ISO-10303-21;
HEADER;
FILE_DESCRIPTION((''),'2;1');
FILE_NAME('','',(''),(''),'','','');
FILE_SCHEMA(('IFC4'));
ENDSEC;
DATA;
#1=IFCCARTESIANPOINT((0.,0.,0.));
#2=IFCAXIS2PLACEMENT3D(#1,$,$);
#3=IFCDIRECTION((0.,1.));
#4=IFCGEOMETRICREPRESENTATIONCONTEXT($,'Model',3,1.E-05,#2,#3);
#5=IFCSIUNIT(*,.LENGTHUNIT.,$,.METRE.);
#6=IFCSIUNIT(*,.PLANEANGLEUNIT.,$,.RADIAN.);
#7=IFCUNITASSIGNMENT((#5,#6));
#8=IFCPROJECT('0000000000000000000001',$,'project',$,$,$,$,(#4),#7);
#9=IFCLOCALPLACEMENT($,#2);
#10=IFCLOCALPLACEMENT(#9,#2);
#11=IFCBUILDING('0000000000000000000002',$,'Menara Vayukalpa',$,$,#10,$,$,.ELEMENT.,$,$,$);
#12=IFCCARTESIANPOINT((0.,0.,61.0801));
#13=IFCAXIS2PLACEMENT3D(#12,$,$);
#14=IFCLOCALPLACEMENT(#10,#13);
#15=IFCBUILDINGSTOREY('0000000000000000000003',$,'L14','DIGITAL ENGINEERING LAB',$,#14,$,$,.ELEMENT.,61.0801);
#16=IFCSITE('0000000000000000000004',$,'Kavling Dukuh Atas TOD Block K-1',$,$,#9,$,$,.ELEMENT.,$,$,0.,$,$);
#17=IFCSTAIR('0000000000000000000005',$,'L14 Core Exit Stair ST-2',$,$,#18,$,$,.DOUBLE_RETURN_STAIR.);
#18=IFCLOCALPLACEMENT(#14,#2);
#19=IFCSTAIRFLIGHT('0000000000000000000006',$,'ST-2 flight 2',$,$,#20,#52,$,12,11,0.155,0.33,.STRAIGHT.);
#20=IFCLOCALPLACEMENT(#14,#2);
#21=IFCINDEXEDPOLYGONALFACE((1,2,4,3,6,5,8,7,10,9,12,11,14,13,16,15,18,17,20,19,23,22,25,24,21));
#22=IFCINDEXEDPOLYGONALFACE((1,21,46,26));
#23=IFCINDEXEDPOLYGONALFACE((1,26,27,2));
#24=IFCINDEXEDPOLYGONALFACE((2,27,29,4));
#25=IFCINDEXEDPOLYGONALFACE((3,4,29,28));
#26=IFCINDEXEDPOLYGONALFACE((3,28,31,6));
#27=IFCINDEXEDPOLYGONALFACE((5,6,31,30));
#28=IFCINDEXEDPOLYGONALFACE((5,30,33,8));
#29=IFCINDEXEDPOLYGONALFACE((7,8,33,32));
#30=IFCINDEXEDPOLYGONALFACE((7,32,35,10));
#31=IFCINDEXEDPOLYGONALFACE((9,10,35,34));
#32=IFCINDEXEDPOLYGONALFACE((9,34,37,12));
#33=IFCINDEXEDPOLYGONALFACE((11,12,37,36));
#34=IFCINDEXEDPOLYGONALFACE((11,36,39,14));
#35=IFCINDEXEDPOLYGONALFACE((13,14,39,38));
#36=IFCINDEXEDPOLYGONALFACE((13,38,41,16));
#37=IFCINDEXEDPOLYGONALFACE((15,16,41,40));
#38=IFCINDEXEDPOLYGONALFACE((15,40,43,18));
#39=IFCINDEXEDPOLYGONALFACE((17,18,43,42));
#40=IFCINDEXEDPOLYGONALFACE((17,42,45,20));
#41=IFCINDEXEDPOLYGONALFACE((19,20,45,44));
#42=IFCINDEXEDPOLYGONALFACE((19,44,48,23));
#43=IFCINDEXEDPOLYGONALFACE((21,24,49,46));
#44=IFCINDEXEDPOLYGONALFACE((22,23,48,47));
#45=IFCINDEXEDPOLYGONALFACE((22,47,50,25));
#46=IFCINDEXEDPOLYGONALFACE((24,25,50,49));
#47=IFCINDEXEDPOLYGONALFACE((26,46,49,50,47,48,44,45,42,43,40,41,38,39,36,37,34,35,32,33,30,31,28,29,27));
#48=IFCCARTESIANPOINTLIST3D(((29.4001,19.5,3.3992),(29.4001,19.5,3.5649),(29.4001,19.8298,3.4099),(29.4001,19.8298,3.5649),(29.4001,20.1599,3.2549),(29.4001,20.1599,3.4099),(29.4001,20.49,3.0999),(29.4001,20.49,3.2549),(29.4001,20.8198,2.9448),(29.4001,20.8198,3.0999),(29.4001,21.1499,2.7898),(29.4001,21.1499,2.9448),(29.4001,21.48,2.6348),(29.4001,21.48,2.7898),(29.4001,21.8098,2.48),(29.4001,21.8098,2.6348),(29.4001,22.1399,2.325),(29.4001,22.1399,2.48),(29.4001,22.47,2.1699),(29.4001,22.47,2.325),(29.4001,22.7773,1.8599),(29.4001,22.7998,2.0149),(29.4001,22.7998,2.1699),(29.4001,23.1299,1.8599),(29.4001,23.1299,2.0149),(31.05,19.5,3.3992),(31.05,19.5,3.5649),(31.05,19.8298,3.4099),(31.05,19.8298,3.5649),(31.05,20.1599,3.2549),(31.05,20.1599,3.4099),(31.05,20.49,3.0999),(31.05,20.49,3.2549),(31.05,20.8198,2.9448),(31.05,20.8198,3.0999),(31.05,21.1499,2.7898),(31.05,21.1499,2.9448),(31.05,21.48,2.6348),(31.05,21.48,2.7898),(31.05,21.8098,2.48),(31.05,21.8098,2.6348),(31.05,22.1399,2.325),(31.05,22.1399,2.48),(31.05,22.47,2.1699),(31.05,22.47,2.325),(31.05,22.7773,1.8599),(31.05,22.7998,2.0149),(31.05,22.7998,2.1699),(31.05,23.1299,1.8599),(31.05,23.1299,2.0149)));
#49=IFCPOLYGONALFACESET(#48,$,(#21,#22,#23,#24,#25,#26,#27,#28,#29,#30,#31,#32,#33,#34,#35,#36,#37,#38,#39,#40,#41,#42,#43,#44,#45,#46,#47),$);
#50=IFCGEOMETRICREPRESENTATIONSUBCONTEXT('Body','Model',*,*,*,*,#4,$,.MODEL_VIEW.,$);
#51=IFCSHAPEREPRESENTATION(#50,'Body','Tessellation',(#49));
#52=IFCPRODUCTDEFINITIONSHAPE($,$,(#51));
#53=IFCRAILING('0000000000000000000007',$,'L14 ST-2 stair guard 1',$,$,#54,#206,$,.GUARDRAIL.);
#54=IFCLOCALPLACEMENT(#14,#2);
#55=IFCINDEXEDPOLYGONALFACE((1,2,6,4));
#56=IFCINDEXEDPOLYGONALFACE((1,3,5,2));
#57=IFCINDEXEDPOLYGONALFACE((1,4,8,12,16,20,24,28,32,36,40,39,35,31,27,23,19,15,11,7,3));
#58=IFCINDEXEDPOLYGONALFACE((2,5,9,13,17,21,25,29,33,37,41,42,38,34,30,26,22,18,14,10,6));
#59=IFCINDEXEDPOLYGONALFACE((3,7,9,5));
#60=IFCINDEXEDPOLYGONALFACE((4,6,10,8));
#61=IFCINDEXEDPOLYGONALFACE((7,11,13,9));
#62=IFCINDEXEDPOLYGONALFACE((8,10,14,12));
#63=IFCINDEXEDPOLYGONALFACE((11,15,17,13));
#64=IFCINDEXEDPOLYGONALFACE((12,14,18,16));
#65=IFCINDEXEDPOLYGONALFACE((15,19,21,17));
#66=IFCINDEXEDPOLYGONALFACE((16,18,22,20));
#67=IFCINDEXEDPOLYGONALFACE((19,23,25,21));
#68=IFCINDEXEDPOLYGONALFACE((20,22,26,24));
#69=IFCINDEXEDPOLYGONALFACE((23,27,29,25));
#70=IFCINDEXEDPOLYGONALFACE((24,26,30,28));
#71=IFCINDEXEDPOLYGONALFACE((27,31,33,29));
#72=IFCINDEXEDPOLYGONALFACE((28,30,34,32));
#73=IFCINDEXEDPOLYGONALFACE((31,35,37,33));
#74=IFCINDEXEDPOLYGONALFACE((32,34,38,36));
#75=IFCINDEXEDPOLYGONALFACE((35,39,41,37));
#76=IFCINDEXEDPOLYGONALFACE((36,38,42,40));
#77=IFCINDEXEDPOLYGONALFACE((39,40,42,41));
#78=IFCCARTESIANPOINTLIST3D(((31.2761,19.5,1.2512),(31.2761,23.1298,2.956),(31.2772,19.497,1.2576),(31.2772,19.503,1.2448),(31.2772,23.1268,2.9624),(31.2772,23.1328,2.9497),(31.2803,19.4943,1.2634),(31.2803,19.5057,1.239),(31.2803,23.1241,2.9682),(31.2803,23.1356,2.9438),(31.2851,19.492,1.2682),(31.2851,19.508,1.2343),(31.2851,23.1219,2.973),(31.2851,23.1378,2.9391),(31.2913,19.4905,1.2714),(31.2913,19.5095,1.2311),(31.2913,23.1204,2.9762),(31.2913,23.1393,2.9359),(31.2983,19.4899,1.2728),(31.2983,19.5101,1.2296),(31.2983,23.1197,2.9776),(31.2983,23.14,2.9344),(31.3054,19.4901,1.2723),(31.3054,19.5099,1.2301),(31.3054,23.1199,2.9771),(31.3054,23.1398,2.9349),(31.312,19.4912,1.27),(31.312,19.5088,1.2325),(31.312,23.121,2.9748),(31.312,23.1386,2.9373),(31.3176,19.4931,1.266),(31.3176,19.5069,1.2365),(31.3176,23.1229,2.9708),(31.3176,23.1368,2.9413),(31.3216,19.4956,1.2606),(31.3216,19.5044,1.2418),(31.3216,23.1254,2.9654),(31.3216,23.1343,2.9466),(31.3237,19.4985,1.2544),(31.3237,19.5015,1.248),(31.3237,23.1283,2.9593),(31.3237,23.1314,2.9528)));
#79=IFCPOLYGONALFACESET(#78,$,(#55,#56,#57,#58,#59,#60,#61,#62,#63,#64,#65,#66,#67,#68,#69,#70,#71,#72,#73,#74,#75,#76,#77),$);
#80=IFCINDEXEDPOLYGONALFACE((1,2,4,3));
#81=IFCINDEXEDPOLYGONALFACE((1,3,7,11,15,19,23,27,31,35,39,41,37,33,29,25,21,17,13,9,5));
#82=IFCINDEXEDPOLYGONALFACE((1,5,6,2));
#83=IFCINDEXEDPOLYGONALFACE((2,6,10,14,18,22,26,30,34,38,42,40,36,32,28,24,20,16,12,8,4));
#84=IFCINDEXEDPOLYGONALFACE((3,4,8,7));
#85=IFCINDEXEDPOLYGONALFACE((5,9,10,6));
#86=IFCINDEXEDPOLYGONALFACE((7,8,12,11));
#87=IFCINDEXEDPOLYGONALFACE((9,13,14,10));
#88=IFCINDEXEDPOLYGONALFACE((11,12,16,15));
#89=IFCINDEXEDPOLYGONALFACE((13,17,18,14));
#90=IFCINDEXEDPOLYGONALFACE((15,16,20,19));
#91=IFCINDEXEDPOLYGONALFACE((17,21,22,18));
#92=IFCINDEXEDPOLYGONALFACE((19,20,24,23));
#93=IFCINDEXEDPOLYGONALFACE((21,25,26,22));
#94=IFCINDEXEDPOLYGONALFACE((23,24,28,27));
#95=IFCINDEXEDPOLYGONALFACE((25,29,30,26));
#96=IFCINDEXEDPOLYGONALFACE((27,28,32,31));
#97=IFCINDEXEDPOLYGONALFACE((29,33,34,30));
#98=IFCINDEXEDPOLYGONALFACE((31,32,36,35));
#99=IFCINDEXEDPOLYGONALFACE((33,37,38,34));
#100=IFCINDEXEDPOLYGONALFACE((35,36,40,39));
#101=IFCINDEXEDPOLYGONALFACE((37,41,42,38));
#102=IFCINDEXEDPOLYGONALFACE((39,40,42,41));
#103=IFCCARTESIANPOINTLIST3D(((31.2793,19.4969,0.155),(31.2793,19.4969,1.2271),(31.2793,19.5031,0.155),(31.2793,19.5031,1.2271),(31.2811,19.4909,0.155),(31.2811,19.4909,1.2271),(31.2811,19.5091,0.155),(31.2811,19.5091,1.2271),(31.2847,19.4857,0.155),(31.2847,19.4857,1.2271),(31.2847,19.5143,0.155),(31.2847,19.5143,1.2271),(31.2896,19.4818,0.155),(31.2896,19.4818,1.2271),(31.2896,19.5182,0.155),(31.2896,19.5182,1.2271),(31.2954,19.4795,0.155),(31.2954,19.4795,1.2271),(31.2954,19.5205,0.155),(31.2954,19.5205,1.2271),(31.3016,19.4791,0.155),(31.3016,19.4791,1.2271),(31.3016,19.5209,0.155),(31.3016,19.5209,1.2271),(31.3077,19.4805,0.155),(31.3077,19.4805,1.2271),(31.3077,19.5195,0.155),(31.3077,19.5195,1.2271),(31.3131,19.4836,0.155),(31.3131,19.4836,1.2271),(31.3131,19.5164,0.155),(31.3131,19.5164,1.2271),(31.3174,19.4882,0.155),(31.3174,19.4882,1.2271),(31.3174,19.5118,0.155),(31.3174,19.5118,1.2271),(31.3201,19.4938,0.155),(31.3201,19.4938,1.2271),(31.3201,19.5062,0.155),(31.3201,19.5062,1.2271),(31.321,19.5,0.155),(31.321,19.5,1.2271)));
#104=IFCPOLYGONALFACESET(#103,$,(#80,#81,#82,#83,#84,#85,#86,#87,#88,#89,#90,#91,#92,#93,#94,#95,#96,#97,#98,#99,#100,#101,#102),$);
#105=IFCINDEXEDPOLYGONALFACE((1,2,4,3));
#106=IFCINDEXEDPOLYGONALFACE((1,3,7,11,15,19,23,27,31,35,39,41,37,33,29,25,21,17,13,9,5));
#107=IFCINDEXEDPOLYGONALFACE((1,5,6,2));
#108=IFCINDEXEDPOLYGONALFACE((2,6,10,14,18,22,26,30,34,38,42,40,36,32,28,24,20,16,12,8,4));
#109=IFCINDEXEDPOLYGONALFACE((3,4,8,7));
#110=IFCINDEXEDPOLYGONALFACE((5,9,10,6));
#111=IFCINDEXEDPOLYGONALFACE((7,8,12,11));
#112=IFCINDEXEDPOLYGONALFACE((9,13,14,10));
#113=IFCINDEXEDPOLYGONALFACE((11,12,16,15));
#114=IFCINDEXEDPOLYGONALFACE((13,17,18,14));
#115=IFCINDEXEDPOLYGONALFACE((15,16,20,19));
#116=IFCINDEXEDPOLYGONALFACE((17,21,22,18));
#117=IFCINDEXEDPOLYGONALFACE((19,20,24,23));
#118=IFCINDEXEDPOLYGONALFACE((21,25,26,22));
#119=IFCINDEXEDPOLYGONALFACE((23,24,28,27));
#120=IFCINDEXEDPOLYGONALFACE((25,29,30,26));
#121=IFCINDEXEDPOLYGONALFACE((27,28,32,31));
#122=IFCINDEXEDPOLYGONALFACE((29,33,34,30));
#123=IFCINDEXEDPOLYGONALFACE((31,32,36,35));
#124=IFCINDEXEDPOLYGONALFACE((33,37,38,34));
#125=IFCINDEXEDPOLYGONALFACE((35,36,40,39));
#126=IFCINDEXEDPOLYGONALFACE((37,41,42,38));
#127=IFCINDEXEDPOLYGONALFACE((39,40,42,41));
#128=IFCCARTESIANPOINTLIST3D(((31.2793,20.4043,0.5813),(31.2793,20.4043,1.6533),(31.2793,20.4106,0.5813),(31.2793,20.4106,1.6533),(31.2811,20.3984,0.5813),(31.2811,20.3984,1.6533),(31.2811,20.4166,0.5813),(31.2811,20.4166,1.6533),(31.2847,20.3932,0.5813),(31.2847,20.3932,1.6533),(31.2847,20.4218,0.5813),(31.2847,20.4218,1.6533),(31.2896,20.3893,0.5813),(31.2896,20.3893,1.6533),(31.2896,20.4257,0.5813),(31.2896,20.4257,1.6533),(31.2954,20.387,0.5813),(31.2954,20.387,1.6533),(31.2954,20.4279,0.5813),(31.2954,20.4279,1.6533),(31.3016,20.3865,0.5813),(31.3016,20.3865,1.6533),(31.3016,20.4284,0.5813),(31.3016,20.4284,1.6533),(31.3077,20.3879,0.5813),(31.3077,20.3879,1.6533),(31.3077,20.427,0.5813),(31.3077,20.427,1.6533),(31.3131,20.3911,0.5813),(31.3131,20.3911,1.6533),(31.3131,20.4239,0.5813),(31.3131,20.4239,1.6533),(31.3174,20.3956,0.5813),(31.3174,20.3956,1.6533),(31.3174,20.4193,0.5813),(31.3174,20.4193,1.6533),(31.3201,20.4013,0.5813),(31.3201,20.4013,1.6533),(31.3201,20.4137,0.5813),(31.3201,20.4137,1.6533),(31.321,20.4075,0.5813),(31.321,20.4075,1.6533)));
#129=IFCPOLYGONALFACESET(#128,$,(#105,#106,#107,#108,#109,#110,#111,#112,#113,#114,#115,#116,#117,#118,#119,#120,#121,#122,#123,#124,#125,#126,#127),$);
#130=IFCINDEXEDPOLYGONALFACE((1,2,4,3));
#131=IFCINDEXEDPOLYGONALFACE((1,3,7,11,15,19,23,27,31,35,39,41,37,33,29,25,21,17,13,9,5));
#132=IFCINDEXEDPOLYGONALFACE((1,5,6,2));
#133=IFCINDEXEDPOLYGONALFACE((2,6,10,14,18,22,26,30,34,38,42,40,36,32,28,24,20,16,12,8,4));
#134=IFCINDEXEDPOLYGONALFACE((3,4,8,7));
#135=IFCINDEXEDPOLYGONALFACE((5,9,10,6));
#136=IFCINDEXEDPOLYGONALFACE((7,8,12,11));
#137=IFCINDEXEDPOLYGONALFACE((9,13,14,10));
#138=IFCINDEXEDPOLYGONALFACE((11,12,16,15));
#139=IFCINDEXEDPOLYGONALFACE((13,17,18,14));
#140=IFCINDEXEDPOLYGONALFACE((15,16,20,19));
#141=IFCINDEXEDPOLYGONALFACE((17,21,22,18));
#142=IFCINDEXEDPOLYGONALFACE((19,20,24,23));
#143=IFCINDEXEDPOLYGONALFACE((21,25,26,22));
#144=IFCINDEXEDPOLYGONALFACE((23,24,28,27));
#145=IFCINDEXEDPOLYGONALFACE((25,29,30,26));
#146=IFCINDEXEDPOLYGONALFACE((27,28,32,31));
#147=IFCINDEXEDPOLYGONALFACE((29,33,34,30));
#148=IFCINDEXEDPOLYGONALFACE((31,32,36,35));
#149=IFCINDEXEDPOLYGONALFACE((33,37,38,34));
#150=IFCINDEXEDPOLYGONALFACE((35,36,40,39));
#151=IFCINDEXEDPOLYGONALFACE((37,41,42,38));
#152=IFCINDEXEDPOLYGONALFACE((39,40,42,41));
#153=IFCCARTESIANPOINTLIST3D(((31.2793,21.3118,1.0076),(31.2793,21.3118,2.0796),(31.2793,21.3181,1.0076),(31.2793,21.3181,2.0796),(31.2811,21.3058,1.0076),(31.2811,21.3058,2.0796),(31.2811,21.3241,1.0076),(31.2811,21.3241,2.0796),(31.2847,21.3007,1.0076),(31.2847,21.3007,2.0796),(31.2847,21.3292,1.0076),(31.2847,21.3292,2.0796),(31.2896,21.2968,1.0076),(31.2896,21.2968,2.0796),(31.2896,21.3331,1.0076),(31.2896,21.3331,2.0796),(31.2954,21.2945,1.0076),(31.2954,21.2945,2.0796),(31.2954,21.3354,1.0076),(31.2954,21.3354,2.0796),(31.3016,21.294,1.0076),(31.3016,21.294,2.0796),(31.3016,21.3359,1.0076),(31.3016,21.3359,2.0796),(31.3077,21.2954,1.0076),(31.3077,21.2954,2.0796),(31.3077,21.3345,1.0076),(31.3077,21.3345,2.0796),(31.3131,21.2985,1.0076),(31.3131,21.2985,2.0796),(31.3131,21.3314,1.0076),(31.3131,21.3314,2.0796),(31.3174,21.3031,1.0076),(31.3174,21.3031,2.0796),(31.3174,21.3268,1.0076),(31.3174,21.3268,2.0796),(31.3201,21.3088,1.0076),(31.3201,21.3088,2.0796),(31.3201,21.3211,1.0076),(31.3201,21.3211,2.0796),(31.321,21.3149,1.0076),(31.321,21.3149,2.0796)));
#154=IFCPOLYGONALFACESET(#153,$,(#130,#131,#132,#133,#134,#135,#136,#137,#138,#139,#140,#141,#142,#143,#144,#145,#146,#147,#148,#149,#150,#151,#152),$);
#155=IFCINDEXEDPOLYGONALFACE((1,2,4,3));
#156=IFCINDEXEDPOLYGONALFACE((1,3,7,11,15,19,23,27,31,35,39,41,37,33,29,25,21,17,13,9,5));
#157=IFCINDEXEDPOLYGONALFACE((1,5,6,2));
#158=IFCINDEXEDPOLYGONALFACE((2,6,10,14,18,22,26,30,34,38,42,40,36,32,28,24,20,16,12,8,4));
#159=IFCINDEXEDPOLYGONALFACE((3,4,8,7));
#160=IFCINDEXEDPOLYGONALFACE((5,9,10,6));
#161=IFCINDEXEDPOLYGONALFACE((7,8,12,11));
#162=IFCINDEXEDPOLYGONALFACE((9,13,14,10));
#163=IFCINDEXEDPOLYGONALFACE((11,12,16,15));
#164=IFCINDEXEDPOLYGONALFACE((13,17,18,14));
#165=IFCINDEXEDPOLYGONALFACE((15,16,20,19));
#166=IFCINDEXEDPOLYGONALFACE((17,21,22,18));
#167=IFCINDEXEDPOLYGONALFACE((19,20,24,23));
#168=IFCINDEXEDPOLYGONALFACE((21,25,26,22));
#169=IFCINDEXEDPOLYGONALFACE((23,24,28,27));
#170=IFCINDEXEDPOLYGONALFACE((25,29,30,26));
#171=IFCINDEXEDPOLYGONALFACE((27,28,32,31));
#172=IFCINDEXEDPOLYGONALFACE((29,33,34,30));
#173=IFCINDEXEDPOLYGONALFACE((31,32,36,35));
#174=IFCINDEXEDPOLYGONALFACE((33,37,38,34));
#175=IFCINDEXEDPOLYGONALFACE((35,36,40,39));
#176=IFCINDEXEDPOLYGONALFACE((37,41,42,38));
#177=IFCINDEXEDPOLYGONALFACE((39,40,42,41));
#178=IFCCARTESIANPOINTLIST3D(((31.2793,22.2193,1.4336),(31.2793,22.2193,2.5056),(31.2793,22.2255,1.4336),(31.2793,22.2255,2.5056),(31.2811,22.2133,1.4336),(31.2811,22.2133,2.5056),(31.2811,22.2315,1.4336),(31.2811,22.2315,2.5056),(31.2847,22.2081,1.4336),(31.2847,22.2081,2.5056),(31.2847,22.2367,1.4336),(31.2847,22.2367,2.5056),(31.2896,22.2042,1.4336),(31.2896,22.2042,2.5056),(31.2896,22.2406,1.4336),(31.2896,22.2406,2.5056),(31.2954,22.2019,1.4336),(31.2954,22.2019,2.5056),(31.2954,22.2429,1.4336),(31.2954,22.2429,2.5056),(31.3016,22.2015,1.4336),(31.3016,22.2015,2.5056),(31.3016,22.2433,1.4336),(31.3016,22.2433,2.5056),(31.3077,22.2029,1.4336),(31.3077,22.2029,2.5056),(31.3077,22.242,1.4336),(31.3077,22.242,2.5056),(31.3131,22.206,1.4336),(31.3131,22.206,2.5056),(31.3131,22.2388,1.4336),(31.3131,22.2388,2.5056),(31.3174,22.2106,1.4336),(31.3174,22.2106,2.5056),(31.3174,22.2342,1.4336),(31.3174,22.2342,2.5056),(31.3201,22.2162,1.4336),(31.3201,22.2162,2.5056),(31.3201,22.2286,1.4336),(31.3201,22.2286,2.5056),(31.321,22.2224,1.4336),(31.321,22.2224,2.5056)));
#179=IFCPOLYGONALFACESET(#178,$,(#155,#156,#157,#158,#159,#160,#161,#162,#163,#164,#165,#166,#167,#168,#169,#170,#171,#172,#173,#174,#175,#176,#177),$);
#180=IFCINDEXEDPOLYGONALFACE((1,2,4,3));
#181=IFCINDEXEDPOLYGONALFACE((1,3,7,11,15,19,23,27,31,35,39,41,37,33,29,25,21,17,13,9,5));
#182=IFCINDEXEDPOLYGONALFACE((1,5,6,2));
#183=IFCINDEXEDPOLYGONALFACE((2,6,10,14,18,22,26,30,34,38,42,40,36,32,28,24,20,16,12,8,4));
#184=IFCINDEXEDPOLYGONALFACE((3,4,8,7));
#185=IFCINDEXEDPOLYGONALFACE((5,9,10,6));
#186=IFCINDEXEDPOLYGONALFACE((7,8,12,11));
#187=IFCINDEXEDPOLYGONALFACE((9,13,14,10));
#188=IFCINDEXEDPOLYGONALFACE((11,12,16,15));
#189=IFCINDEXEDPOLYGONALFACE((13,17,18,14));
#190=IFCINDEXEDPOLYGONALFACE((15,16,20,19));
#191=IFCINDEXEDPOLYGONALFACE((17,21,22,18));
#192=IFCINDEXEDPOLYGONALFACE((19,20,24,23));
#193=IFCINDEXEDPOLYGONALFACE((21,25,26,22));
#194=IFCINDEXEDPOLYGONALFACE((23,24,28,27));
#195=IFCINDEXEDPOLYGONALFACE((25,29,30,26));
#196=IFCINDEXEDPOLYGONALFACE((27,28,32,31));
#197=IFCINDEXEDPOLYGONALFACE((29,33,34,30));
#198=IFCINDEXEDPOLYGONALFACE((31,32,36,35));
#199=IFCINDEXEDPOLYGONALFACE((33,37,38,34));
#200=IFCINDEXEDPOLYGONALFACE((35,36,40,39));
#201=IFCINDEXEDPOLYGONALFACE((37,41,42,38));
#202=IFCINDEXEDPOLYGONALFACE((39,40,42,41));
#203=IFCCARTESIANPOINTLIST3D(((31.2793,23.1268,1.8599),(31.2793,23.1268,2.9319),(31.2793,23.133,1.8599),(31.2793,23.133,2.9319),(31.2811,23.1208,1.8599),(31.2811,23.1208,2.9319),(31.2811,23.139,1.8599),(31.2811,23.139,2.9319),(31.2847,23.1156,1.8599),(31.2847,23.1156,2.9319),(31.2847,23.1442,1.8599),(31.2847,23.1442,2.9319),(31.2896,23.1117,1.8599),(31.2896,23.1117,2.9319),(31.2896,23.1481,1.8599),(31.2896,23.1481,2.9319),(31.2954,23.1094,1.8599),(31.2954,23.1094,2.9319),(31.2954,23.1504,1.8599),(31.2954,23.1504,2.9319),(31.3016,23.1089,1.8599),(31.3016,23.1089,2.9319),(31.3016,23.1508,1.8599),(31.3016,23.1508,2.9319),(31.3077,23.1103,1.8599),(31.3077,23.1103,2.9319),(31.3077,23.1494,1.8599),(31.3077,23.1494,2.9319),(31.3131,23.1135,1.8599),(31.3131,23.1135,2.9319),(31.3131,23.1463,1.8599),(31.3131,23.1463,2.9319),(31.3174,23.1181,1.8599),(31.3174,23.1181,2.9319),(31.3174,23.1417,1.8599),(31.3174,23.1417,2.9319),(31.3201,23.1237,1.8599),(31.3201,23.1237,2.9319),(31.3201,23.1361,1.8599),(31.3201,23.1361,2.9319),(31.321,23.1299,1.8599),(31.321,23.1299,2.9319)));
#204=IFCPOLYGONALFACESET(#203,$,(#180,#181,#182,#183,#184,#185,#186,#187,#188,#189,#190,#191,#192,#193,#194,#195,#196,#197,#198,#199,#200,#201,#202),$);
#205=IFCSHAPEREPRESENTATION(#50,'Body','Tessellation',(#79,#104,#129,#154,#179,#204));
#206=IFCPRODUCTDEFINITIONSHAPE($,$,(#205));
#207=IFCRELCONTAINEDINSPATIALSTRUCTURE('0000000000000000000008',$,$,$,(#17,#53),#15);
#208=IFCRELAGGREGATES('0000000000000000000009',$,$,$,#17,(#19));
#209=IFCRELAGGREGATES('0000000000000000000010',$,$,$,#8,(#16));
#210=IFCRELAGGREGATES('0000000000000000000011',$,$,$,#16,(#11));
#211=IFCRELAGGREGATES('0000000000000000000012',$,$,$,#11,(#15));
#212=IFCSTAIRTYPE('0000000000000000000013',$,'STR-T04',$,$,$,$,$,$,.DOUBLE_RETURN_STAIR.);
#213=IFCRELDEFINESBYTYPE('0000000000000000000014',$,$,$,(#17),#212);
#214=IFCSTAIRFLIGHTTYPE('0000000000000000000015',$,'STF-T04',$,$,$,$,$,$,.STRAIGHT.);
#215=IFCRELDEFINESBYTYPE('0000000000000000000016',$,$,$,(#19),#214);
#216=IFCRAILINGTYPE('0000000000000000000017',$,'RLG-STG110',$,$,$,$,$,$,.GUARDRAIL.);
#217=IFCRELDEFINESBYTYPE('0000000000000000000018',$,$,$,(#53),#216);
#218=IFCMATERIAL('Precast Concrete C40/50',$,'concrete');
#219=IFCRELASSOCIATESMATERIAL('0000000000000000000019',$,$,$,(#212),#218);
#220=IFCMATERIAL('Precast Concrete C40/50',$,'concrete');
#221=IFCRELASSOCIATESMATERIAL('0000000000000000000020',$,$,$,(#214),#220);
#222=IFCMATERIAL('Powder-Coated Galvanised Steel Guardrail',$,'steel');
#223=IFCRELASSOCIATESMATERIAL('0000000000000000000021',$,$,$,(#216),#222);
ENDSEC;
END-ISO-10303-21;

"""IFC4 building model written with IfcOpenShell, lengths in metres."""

from ifc_helpers import new_model, si_unit, direction, frame, origin, origin_2d, place, context, subcontext, project, spatial, polyline, circle, outline, extrude, material, type_object, element, aggregate, save


model = new_model("IFC4")

# Units and contexts
model_context = context("Model", 3, precision=1e-05, world=origin(), true_north=direction((0.0, 1.0)))
body_context = subcontext(model_context, "Body", "Model", "MODEL_VIEW")
ifc_project = project(units=[si_unit("LENGTHUNIT", "METRE"), si_unit("PLANEANGLEUNIT", "RADIAN")], contexts=[model_context])

# Site, building, storey
site_placement = place(None, origin())
site = spatial("IfcSite", under=ifc_project, at=site_placement, Name="Kavling Dukuh Atas TOD Block K-1", CompositionType="ELEMENT", RefElevation=0.0)
building_placement = place(site_placement, origin())
building = spatial("IfcBuilding", under=site, at=building_placement, Name="Menara Vayukalpa", CompositionType="ELEMENT")
storey_placement = place(building_placement, frame((0.0, 0.0, 61.0801)))
storey = spatial("IfcBuildingStorey", under=building, at=storey_placement, Name="L14", Description="DIGITAL ENGINEERING LAB", CompositionType="ELEMENT", Elevation=61.0801)

# Stair, stair flight
ifc_material_1 = material(Name="Precast Concrete C40/50", Category="concrete")
stair_type = type_object("IfcStairType", Name="STR-T04", PredefinedType="DOUBLE_RETURN_STAIR", material=ifc_material_1)
stair_placement = place(storey_placement, origin())
stair = element("IfcStair", 1, at=stair_placement, inside=storey, type_object=stair_type, Name="L14 Core Exit Stair ST-2", PredefinedType="DOUBLE_RETURN_STAIR")
ifc_material_2 = material(Name="Precast Concrete C40/50", Category="concrete")
stair_flight_type = type_object("IfcStairFlightType", Name="STF-T04", PredefinedType="STRAIGHT", material=ifc_material_2)
stair_flight_1_placement = place(storey_placement, frame((30.2251, 23.1299, 1.8599), z_axis=(0.0, 0.0, 1.0), x_axis=(0.0, -1.0, 0.0)))
stair_flight_1 = element("IfcStairFlight", 2, at=stair_flight_1_placement, type_object=stair_flight_type, Name="ST-2 flight 2", NumberOfRisers=12, NumberOfTreads=11, PredefinedType="STRAIGHT", RiserHeight=0.155, TreadLength=0.33, context=body_context, shape_type="SweptSolid", body=[
    extrude(outline(polyline([(0.0, 0.0), (0.0, 0.155), (0.3301, 0.155), (0.3301, 0.3101), (0.6599, 0.3101), (0.6599, 0.4651), (0.99, 0.4651), (0.99, 0.6201), (1.3201, 0.6201), (1.3201, 0.7749), (1.6499, 0.7749), (1.6499, 0.9299), (1.98, 0.9299), (1.98, 1.085), (2.3101, 1.085), (2.3101, 1.24), (2.6399, 1.24), (2.6399, 1.395), (2.97, 1.395), (2.97, 1.55), (3.3, 1.55), (3.3, 1.7051), (3.6299, 1.7051), (3.6299, 1.8601), (3.6299, 1.5393), (0.3525, 0.0), (0.0, 0.0)])), frame((0.0, 0.825, 0.0), z_axis=(0.0, -1.0, 0.0), x_axis=(1.0, 0.0, 0.0)), (0.0, 0.0, 1.0), 1.6499),
])
aggregate(stair, [stair_flight_1])

# Railing
ifc_material_3 = material(Name="Powder-Coated Galvanised Steel Guardrail", Category="steel")
railing_type_1 = type_object("IfcRailingType", Name="RLG-STG110", PredefinedType="GUARDRAIL", material=ifc_material_3)
railing_1_placement = place(storey_placement, frame((31.3, 19.5, 0.155)))
element("IfcRailing", 3, at=railing_1_placement, inside=storey, type_object=railing_type_1, Name="L14 ST-2 stair guard 1", PredefinedType="GUARDRAIL", context=body_context, shape_type="SweptSolid", body=[
    extrude(circle(Radius=0.0239, at=origin_2d()), frame((0.0, 0.0, 1.0962), z_axis=(0.0, 0.90514, 0.425114), x_axis=(-1.0, 0.0, 0.0)), (0.0, 0.0, 1.0), 4.0103),
    extrude(circle(Radius=0.021, at=origin_2d()), origin(), (0.0, 0.0, 1.0), 1.072),
    extrude(circle(Radius=0.021, at=origin_2d()), frame((0.0, 0.9075, 0.4263)), (0.0, 0.0, 1.0), 1.072),
    extrude(circle(Radius=0.021, at=origin_2d()), frame((0.0, 1.8149, 0.8525)), (0.0, 0.0, 1.0), 1.072),
    extrude(circle(Radius=0.021, at=origin_2d()), frame((0.0, 2.7224, 1.2786)), (0.0, 0.0, 1.0), 1.072),
    extrude(circle(Radius=0.021, at=origin_2d()), frame((0.0, 3.6299, 1.7048)), (0.0, 0.0, 1.0), 1.072),
])

save(model, "model.ifc")
